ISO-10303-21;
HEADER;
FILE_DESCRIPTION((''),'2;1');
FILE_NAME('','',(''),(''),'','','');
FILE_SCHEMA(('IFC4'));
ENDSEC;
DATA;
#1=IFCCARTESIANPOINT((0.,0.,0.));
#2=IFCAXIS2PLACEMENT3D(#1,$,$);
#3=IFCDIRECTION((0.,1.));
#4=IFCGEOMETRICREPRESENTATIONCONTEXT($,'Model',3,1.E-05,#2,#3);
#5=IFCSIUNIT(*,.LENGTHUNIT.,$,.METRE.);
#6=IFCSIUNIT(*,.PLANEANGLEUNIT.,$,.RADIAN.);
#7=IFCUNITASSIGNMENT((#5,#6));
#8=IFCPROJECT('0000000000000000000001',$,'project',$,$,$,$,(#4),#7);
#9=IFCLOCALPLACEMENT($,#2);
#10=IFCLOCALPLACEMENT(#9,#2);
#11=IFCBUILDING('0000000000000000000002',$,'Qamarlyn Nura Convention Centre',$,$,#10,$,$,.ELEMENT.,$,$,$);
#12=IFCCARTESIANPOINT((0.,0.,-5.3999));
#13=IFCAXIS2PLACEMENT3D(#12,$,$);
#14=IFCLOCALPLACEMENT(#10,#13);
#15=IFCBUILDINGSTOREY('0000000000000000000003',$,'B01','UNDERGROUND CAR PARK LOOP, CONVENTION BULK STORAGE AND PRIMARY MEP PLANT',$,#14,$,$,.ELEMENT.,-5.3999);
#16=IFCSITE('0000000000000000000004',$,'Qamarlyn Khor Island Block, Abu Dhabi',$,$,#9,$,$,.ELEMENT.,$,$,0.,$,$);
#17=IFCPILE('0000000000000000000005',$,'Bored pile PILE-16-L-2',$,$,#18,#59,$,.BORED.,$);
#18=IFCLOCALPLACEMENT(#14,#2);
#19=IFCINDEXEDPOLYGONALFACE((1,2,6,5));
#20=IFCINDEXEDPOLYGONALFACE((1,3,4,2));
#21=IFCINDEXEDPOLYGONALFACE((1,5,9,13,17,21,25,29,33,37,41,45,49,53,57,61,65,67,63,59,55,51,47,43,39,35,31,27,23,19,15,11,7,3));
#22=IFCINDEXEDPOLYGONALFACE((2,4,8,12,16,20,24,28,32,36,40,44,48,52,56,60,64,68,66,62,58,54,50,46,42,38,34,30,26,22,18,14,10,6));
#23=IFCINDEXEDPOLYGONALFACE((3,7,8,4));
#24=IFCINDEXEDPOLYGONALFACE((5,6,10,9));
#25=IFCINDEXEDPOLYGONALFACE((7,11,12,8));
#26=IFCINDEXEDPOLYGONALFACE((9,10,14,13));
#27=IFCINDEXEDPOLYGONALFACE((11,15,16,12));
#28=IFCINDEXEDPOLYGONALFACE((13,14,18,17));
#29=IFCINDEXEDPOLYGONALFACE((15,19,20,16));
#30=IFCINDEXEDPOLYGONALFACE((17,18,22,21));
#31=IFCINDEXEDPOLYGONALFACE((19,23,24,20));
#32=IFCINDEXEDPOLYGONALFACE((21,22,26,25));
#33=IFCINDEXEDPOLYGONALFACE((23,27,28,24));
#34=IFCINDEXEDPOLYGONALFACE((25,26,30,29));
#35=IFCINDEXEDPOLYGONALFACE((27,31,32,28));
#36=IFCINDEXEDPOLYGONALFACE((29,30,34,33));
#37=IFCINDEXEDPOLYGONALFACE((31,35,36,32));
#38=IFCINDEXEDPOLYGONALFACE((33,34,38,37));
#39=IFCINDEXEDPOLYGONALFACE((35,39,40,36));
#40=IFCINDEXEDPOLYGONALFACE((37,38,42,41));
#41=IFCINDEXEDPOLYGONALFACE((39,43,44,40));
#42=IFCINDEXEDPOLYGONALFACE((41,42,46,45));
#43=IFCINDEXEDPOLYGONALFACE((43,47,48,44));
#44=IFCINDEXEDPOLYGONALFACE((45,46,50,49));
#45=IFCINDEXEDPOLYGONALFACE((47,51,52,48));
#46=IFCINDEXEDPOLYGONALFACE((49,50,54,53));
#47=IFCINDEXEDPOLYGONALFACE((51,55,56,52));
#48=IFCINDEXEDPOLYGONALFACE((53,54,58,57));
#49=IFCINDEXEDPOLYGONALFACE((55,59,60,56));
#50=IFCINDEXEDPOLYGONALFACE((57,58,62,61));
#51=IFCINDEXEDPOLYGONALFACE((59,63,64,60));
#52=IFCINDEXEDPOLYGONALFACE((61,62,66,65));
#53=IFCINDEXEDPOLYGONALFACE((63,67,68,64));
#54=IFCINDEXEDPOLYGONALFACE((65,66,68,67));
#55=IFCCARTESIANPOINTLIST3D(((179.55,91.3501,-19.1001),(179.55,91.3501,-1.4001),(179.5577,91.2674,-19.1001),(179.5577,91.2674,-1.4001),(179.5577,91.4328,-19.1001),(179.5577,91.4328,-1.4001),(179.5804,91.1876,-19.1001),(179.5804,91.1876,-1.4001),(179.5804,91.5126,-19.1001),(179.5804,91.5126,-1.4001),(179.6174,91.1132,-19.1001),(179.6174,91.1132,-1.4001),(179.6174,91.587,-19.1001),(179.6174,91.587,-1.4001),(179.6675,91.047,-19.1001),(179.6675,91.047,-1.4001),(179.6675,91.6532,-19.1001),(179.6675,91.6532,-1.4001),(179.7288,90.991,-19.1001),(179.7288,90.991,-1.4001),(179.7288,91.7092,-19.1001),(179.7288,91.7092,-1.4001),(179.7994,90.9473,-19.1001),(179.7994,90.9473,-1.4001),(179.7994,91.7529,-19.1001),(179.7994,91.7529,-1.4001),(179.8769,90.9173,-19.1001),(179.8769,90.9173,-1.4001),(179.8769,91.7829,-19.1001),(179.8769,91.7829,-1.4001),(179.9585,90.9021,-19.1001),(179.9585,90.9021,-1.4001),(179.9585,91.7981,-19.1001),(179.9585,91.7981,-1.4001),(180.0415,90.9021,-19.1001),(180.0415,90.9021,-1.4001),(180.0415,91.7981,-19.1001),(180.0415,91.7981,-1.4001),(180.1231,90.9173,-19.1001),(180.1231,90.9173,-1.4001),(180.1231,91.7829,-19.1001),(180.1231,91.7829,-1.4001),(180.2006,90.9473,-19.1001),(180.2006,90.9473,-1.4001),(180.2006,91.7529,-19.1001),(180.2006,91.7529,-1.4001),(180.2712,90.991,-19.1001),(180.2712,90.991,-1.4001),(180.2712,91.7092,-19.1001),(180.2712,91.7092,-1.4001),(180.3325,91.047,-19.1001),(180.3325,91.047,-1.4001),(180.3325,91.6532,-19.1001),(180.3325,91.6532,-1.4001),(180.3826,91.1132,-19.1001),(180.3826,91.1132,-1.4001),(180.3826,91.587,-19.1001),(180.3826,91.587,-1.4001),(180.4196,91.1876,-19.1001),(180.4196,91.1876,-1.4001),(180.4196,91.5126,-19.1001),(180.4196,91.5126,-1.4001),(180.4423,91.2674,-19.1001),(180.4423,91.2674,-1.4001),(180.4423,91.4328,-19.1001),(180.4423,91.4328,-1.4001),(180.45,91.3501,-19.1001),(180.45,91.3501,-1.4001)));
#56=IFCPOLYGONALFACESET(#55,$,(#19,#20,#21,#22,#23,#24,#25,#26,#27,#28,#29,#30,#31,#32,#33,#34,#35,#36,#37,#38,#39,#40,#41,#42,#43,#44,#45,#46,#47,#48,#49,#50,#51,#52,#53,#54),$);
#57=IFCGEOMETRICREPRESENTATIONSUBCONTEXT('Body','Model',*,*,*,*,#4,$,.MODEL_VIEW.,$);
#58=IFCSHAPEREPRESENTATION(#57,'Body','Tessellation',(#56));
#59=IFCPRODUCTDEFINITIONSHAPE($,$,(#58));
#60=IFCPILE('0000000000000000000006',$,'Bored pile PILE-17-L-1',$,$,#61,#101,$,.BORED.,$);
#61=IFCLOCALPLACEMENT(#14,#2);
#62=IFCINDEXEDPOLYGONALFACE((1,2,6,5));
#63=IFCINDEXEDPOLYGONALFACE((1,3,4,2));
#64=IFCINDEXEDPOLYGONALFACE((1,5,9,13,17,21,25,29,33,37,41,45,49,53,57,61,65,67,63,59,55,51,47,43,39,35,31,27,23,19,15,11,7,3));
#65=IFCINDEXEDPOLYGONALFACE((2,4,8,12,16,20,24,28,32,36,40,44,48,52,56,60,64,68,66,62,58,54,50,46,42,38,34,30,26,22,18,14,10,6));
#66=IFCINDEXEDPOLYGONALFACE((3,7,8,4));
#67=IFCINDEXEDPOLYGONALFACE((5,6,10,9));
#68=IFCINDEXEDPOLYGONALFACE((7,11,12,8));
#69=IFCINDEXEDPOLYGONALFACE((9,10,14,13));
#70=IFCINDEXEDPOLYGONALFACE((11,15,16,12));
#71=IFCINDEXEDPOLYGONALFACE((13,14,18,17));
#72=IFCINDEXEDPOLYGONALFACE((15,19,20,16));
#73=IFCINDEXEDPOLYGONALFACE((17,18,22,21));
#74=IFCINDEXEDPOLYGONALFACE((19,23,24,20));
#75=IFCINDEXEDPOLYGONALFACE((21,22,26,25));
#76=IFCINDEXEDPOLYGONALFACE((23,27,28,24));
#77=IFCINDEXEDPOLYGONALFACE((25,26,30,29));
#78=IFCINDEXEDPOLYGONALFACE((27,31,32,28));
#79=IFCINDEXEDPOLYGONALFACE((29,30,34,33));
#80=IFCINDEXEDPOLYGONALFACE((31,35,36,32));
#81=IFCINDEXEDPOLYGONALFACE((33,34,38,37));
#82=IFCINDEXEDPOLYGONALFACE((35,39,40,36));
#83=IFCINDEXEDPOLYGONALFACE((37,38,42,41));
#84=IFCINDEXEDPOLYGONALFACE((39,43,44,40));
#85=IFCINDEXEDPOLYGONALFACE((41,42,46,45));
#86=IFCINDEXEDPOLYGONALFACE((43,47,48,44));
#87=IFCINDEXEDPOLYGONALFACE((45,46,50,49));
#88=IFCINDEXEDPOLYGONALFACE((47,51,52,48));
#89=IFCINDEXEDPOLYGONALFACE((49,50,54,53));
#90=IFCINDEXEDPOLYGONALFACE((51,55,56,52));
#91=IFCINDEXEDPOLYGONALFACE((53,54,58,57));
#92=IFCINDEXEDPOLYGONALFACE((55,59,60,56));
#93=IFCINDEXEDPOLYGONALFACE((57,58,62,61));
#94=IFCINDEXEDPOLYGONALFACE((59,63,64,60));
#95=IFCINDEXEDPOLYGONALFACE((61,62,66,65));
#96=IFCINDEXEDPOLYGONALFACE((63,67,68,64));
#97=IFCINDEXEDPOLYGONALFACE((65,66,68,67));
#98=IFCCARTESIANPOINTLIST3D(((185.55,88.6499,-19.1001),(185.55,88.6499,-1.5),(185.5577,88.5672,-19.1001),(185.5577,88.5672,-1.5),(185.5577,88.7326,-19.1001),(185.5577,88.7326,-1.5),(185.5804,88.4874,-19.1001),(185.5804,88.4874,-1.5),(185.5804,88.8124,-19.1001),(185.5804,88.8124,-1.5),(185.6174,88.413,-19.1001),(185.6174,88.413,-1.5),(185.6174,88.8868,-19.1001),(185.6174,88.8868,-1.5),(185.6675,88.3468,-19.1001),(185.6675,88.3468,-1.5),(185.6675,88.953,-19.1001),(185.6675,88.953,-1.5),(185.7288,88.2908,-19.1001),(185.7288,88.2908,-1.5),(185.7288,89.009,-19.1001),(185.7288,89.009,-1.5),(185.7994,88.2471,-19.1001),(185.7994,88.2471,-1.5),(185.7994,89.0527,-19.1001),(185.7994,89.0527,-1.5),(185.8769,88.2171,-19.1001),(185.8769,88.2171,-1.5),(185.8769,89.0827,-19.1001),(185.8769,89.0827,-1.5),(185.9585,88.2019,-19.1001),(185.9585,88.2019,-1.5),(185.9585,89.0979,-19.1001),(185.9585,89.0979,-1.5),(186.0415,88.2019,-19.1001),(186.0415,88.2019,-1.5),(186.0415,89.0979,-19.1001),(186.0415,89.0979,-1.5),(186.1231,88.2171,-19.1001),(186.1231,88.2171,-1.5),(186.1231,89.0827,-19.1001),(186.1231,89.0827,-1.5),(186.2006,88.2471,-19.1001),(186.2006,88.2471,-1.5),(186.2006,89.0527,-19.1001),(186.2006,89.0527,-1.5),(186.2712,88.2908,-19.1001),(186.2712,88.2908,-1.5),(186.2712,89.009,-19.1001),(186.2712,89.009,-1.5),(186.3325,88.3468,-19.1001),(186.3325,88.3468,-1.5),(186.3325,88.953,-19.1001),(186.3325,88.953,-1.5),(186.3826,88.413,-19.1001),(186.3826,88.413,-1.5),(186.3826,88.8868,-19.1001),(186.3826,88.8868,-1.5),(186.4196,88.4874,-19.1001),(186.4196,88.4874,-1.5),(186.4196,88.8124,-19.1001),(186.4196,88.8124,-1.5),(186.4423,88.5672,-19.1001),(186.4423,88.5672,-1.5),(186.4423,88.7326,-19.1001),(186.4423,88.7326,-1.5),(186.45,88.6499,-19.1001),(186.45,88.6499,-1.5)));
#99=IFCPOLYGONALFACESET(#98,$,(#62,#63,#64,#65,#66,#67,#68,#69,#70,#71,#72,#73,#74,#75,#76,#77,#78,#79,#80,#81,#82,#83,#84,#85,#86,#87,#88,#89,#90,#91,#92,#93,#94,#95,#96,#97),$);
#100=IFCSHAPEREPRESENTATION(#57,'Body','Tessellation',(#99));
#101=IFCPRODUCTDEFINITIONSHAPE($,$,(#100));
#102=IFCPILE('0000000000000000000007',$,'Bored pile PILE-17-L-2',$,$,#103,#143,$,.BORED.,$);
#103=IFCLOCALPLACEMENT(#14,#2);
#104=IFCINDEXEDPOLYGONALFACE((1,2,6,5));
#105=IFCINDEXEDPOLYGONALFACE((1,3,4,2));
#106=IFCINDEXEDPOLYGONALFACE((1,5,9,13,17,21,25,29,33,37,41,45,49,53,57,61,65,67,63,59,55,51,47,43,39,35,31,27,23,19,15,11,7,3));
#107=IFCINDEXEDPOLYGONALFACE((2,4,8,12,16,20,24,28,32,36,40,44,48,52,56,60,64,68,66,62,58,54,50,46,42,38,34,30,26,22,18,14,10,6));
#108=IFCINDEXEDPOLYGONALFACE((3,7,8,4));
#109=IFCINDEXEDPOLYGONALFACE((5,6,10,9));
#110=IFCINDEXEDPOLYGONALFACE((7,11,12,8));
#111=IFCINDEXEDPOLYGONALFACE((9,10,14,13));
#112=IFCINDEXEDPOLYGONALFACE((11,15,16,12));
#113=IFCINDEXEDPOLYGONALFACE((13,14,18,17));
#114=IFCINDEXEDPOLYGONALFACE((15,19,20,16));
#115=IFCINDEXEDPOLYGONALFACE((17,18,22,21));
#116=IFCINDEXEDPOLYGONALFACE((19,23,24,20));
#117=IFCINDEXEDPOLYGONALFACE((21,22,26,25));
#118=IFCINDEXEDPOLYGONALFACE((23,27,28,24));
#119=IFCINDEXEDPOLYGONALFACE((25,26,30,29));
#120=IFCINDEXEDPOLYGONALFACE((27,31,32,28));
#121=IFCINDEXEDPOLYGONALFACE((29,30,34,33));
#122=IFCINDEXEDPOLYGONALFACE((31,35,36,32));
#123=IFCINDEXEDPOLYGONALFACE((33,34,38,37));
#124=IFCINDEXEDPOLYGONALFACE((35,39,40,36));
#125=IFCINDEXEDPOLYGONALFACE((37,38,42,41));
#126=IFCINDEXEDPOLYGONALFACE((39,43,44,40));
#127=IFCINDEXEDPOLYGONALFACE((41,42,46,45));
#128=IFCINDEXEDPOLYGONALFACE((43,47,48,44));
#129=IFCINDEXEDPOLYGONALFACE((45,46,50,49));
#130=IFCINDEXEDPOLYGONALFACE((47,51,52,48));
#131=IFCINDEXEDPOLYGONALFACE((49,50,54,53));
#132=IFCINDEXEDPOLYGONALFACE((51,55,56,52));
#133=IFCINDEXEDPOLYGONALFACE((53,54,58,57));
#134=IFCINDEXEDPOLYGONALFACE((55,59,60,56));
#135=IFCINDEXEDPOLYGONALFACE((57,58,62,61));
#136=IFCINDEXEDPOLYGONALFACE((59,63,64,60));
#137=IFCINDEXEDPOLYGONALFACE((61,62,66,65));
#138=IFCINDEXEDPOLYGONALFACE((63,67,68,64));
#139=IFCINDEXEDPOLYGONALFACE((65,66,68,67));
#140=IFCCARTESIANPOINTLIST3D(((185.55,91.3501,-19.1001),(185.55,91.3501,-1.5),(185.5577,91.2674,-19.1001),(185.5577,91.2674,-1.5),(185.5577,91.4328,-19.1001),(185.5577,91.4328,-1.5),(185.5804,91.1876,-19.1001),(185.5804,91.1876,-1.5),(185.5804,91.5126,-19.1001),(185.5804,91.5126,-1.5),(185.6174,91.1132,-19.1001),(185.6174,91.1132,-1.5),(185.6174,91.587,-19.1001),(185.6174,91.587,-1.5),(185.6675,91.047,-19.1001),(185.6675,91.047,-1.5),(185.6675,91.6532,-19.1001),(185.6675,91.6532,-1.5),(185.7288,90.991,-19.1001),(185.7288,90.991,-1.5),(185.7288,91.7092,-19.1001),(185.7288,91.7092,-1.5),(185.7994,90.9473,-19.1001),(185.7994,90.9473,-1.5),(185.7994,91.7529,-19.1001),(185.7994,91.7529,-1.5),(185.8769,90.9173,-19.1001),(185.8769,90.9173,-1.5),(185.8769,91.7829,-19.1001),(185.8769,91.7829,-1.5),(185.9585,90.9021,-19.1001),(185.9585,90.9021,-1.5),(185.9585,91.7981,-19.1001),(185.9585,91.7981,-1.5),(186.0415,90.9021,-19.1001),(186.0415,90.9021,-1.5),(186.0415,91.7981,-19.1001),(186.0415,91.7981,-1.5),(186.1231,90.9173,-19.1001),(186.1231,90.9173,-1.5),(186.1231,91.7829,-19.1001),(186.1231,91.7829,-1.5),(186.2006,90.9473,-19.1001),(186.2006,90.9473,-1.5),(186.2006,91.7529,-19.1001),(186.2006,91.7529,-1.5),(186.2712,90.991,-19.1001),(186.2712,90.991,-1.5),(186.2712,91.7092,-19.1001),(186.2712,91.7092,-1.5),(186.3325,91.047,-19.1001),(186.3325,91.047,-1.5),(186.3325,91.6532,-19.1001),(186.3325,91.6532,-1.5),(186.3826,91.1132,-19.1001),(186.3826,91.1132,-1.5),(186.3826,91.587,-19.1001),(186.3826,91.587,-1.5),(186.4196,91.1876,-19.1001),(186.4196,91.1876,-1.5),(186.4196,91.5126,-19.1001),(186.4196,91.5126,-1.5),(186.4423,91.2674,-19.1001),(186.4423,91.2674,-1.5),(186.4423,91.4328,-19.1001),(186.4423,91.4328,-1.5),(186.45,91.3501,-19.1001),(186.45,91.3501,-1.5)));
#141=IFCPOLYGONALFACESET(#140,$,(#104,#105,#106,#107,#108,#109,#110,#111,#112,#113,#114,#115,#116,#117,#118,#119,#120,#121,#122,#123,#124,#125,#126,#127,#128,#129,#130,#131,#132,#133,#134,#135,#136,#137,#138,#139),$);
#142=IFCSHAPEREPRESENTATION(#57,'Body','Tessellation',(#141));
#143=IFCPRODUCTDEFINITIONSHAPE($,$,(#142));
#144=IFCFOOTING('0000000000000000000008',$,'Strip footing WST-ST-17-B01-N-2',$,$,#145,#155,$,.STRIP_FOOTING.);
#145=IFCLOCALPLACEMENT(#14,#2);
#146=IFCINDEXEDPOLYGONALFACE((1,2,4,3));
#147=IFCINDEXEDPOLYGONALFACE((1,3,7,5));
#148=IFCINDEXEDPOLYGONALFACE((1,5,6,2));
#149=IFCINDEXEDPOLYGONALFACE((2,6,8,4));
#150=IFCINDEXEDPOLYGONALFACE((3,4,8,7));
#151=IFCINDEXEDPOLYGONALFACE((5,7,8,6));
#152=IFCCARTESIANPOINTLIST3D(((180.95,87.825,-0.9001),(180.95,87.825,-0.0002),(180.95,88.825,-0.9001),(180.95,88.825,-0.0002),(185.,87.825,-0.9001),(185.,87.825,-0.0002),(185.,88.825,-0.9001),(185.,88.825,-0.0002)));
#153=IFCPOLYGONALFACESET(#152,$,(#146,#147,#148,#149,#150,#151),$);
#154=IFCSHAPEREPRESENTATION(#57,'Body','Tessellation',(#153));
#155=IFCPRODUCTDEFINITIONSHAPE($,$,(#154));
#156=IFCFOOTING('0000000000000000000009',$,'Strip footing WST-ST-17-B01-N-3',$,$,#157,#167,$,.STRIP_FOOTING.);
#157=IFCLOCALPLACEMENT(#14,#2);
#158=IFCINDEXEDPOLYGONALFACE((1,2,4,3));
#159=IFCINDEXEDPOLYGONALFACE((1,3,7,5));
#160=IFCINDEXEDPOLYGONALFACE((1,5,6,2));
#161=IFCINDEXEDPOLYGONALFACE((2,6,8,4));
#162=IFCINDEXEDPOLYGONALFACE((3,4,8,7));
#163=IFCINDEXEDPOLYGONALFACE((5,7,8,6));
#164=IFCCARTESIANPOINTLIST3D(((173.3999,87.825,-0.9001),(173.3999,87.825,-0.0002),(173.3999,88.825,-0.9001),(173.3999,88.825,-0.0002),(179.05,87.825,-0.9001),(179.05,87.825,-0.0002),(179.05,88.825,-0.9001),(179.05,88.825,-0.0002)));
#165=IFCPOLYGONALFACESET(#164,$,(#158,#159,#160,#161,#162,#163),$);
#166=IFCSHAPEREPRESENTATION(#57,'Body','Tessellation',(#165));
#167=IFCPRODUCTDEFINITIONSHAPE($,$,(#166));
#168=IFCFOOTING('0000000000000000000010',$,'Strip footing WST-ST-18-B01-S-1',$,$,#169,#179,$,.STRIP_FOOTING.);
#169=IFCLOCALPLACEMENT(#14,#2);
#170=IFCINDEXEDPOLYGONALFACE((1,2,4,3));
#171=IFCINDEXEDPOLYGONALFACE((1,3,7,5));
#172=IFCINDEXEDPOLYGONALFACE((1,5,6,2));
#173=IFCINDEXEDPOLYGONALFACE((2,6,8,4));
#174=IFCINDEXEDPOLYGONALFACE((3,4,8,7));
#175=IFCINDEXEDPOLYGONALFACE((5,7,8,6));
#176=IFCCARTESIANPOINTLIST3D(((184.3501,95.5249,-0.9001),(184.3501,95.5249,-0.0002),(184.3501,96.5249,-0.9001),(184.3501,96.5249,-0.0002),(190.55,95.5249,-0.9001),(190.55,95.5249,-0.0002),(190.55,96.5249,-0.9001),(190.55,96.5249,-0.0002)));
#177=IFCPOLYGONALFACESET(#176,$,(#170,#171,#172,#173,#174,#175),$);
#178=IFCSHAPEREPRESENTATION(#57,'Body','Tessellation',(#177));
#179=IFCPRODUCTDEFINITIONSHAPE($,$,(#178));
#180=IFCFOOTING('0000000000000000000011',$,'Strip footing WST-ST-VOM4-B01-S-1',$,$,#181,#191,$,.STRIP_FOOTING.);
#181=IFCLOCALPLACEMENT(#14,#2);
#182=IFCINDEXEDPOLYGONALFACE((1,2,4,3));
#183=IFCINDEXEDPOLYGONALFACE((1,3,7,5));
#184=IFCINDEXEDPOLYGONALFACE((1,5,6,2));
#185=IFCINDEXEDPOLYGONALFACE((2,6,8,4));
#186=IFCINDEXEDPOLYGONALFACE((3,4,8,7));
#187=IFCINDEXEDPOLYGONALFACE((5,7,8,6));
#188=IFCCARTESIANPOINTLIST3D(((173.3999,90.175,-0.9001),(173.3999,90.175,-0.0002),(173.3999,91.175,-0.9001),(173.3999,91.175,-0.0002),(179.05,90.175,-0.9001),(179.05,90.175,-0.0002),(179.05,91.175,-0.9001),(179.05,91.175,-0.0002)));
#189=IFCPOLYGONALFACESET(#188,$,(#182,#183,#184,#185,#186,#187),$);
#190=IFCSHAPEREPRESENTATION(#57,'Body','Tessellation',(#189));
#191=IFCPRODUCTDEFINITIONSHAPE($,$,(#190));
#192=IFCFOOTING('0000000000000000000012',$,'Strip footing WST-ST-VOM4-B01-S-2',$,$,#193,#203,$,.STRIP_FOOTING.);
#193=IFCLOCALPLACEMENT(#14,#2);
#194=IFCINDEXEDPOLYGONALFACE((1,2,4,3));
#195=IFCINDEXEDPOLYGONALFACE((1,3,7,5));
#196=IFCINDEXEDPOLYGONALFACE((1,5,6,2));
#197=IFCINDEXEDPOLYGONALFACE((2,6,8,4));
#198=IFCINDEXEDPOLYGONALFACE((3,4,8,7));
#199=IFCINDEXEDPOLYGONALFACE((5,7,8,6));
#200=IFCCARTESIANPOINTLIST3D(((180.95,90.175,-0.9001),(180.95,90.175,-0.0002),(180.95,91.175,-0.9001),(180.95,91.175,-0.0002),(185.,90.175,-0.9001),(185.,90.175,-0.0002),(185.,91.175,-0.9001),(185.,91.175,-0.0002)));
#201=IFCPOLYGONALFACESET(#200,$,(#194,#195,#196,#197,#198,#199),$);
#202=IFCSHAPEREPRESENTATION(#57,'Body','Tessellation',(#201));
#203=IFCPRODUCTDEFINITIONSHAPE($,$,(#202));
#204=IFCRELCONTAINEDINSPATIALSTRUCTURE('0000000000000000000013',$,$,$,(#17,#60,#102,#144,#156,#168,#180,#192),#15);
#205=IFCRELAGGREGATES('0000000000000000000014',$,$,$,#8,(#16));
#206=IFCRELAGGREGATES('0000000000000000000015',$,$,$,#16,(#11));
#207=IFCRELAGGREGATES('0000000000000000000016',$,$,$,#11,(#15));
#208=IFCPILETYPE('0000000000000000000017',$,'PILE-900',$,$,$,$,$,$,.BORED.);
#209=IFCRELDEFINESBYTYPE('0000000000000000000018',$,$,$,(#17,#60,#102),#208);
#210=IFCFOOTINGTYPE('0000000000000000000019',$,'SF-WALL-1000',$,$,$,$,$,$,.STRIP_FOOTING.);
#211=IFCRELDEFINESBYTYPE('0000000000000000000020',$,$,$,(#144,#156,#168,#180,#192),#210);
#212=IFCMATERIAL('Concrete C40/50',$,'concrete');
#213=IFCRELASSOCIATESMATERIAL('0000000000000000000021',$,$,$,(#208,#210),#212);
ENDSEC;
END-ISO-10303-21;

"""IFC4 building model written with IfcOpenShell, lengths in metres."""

from ifc_helpers import new_model, si_unit, direction, frame, origin, origin_2d, place, context, subcontext, project, spatial, rectangle, circle, extrude, material, material_profile, profile_set, type_object, element, save


model = new_model("IFC4")

# Units and contexts
model_context = context("Model", 3, precision=1e-05, world=origin(), true_north=direction((0.0, 1.0)))
body_context = subcontext(model_context, "Body", "Model", "MODEL_VIEW")
ifc_project = project(units=[si_unit("LENGTHUNIT", "METRE"), si_unit("PLANEANGLEUNIT", "RADIAN")], contexts=[model_context])

# Site, building, storey
site_placement = place(None, origin())
site = spatial("IfcSite", under=ifc_project, at=site_placement, Name="Qamarlyn Khor Island Block, Abu Dhabi", CompositionType="ELEMENT", RefElevation=0.0)
building_placement = place(site_placement, origin())
building = spatial("IfcBuilding", under=site, at=building_placement, Name="Qamarlyn Nura Convention Centre", CompositionType="ELEMENT")
storey_placement = place(building_placement, frame((0.0, 0.0, -5.3999)))
storey = spatial("IfcBuildingStorey", under=building, at=storey_placement, Name="B01", Description="UNDERGROUND CAR PARK LOOP, CONVENTION BULK STORAGE AND PRIMARY MEP PLANT", CompositionType="ELEMENT", Elevation=-5.3999)

# Shared definitions
ifc_material_1 = material(Name="Concrete C40/50", Category="concrete")

# Piles
ifc_material_profile_1 = material_profile(ifc_material_1, circle(Radius=0.45, at=origin_2d()), Name="BORED PILE 900")
ifc_profile_set_1 = profile_set([ifc_material_profile_1], Name="Concrete C40/50")
pile_type = type_object("IfcPileType", Name="PILE-900", PredefinedType="BORED", material=ifc_profile_set_1)
for number, where, z_axis, x_axis, name in (
    (1, (180.0, 91.3501, -1.4001), (0.0, 0.0, -1.0), (1.0, 0.0, 0.0), "Bored pile PILE-16-L-2"),
):
    element("IfcPile", number, at=place(storey_placement, frame(where, z_axis=z_axis, x_axis=x_axis)), inside=storey, type_object=pile_type, Name=name, PredefinedType="BORED", context=body_context, shape_type="SweptSolid", body=[
        extrude(circle(Radius=0.45, at=origin_2d()), origin(), (0.0, 0.0, 1.0), 17.7),
    ])
for number, where, z_axis, x_axis, name in (
    (2, (186.0, 88.6499, -1.5), (0.0, 0.0, -1.0), (1.0, 0.0, 0.0), "Bored pile PILE-17-L-1"),
    (3, (186.0, 91.3501, -1.5), (0.0, 0.0, -1.0), (1.0, 0.0, 0.0), "Bored pile PILE-17-L-2"),
):
    element("IfcPile", number, at=place(storey_placement, frame(where, z_axis=z_axis, x_axis=x_axis)), inside=storey, type_object=pile_type, Name=name, PredefinedType="BORED", context=body_context, shape_type="SweptSolid", body=[
        extrude(circle(Radius=0.45, at=origin_2d()), origin(), (0.0, 0.0, 1.0), 17.6001),
    ])

# Footings
ifc_material_profile_2 = material_profile(ifc_material_1, rectangle(XDim=1.0, YDim=0.8999, at=origin_2d()), Name="RC STRIP 1000x900")
ifc_profile_set_2 = profile_set([ifc_material_profile_2], Name="Concrete C40/50")
footing_type_1 = type_object("IfcFootingType", Name="SF-WALL-1000", PredefinedType="STRIP_FOOTING", material=ifc_profile_set_2)
footing_1_placement = place(storey_placement, frame((185.0, 88.325, -0.4502), z_axis=(-1.0, 0.0, 0.0), x_axis=(0.0, -1.0, 0.0)))
element("IfcFooting", 4, at=footing_1_placement, inside=storey, type_object=footing_type_1, Name="Strip footing WST-ST-17-B01-N-2", PredefinedType="STRIP_FOOTING", context=body_context, shape_type="SweptSolid", body=[
    extrude(rectangle(XDim=1.0, YDim=0.8999, at=origin_2d()), origin(), (0.0, 0.0, 1.0), 4.05),
])
footing_2_placement = place(storey_placement, frame((179.05, 88.325, -0.4502), z_axis=(-1.0, 0.0, 0.0), x_axis=(0.0, -1.0, 0.0)))
element("IfcFooting", 5, at=footing_2_placement, inside=storey, type_object=footing_type_1, Name="Strip footing WST-ST-17-B01-N-3", PredefinedType="STRIP_FOOTING", context=body_context, shape_type="SweptSolid", body=[
    extrude(rectangle(XDim=1.0, YDim=0.8999, at=origin_2d()), origin(), (0.0, 0.0, 1.0), 5.6501),
])
footing_3_placement = place(storey_placement, frame((184.3501, 96.0249, -0.4502), z_axis=(1.0, 0.0, 0.0), x_axis=(0.0, 1.0, 0.0)))
element("IfcFooting", 6, at=footing_3_placement, inside=storey, type_object=footing_type_1, Name="Strip footing WST-ST-18-B01-S-1", PredefinedType="STRIP_FOOTING", context=body_context, shape_type="SweptSolid", body=[
    extrude(rectangle(XDim=1.0, YDim=0.8999, at=origin_2d()), origin(), (0.0, 0.0, 1.0), 6.2),
])
footing_4_placement = place(storey_placement, frame((173.3999, 90.675, -0.4502), z_axis=(1.0, 0.0, 0.0), x_axis=(0.0, 1.0, 0.0)))
element("IfcFooting", 7, at=footing_4_placement, inside=storey, type_object=footing_type_1, Name="Strip footing WST-ST-VOM4-B01-S-1", PredefinedType="STRIP_FOOTING", context=body_context, shape_type="SweptSolid", body=[
    extrude(rectangle(XDim=1.0, YDim=0.8999, at=origin_2d()), origin(), (0.0, 0.0, 1.0), 5.6501),
])
footing_5_placement = place(storey_placement, frame((180.95, 90.675, -0.4502), z_axis=(1.0, 0.0, 0.0), x_axis=(0.0, 1.0, 0.0)))
element("IfcFooting", 8, at=footing_5_placement, inside=storey, type_object=footing_type_1, Name="Strip footing WST-ST-VOM4-B01-S-2", PredefinedType="STRIP_FOOTING", context=body_context, shape_type="SweptSolid", body=[
    extrude(rectangle(XDim=1.0, YDim=0.8999, at=origin_2d()), origin(), (0.0, 0.0, 1.0), 4.05),
])

save(model, "model.ifc")
